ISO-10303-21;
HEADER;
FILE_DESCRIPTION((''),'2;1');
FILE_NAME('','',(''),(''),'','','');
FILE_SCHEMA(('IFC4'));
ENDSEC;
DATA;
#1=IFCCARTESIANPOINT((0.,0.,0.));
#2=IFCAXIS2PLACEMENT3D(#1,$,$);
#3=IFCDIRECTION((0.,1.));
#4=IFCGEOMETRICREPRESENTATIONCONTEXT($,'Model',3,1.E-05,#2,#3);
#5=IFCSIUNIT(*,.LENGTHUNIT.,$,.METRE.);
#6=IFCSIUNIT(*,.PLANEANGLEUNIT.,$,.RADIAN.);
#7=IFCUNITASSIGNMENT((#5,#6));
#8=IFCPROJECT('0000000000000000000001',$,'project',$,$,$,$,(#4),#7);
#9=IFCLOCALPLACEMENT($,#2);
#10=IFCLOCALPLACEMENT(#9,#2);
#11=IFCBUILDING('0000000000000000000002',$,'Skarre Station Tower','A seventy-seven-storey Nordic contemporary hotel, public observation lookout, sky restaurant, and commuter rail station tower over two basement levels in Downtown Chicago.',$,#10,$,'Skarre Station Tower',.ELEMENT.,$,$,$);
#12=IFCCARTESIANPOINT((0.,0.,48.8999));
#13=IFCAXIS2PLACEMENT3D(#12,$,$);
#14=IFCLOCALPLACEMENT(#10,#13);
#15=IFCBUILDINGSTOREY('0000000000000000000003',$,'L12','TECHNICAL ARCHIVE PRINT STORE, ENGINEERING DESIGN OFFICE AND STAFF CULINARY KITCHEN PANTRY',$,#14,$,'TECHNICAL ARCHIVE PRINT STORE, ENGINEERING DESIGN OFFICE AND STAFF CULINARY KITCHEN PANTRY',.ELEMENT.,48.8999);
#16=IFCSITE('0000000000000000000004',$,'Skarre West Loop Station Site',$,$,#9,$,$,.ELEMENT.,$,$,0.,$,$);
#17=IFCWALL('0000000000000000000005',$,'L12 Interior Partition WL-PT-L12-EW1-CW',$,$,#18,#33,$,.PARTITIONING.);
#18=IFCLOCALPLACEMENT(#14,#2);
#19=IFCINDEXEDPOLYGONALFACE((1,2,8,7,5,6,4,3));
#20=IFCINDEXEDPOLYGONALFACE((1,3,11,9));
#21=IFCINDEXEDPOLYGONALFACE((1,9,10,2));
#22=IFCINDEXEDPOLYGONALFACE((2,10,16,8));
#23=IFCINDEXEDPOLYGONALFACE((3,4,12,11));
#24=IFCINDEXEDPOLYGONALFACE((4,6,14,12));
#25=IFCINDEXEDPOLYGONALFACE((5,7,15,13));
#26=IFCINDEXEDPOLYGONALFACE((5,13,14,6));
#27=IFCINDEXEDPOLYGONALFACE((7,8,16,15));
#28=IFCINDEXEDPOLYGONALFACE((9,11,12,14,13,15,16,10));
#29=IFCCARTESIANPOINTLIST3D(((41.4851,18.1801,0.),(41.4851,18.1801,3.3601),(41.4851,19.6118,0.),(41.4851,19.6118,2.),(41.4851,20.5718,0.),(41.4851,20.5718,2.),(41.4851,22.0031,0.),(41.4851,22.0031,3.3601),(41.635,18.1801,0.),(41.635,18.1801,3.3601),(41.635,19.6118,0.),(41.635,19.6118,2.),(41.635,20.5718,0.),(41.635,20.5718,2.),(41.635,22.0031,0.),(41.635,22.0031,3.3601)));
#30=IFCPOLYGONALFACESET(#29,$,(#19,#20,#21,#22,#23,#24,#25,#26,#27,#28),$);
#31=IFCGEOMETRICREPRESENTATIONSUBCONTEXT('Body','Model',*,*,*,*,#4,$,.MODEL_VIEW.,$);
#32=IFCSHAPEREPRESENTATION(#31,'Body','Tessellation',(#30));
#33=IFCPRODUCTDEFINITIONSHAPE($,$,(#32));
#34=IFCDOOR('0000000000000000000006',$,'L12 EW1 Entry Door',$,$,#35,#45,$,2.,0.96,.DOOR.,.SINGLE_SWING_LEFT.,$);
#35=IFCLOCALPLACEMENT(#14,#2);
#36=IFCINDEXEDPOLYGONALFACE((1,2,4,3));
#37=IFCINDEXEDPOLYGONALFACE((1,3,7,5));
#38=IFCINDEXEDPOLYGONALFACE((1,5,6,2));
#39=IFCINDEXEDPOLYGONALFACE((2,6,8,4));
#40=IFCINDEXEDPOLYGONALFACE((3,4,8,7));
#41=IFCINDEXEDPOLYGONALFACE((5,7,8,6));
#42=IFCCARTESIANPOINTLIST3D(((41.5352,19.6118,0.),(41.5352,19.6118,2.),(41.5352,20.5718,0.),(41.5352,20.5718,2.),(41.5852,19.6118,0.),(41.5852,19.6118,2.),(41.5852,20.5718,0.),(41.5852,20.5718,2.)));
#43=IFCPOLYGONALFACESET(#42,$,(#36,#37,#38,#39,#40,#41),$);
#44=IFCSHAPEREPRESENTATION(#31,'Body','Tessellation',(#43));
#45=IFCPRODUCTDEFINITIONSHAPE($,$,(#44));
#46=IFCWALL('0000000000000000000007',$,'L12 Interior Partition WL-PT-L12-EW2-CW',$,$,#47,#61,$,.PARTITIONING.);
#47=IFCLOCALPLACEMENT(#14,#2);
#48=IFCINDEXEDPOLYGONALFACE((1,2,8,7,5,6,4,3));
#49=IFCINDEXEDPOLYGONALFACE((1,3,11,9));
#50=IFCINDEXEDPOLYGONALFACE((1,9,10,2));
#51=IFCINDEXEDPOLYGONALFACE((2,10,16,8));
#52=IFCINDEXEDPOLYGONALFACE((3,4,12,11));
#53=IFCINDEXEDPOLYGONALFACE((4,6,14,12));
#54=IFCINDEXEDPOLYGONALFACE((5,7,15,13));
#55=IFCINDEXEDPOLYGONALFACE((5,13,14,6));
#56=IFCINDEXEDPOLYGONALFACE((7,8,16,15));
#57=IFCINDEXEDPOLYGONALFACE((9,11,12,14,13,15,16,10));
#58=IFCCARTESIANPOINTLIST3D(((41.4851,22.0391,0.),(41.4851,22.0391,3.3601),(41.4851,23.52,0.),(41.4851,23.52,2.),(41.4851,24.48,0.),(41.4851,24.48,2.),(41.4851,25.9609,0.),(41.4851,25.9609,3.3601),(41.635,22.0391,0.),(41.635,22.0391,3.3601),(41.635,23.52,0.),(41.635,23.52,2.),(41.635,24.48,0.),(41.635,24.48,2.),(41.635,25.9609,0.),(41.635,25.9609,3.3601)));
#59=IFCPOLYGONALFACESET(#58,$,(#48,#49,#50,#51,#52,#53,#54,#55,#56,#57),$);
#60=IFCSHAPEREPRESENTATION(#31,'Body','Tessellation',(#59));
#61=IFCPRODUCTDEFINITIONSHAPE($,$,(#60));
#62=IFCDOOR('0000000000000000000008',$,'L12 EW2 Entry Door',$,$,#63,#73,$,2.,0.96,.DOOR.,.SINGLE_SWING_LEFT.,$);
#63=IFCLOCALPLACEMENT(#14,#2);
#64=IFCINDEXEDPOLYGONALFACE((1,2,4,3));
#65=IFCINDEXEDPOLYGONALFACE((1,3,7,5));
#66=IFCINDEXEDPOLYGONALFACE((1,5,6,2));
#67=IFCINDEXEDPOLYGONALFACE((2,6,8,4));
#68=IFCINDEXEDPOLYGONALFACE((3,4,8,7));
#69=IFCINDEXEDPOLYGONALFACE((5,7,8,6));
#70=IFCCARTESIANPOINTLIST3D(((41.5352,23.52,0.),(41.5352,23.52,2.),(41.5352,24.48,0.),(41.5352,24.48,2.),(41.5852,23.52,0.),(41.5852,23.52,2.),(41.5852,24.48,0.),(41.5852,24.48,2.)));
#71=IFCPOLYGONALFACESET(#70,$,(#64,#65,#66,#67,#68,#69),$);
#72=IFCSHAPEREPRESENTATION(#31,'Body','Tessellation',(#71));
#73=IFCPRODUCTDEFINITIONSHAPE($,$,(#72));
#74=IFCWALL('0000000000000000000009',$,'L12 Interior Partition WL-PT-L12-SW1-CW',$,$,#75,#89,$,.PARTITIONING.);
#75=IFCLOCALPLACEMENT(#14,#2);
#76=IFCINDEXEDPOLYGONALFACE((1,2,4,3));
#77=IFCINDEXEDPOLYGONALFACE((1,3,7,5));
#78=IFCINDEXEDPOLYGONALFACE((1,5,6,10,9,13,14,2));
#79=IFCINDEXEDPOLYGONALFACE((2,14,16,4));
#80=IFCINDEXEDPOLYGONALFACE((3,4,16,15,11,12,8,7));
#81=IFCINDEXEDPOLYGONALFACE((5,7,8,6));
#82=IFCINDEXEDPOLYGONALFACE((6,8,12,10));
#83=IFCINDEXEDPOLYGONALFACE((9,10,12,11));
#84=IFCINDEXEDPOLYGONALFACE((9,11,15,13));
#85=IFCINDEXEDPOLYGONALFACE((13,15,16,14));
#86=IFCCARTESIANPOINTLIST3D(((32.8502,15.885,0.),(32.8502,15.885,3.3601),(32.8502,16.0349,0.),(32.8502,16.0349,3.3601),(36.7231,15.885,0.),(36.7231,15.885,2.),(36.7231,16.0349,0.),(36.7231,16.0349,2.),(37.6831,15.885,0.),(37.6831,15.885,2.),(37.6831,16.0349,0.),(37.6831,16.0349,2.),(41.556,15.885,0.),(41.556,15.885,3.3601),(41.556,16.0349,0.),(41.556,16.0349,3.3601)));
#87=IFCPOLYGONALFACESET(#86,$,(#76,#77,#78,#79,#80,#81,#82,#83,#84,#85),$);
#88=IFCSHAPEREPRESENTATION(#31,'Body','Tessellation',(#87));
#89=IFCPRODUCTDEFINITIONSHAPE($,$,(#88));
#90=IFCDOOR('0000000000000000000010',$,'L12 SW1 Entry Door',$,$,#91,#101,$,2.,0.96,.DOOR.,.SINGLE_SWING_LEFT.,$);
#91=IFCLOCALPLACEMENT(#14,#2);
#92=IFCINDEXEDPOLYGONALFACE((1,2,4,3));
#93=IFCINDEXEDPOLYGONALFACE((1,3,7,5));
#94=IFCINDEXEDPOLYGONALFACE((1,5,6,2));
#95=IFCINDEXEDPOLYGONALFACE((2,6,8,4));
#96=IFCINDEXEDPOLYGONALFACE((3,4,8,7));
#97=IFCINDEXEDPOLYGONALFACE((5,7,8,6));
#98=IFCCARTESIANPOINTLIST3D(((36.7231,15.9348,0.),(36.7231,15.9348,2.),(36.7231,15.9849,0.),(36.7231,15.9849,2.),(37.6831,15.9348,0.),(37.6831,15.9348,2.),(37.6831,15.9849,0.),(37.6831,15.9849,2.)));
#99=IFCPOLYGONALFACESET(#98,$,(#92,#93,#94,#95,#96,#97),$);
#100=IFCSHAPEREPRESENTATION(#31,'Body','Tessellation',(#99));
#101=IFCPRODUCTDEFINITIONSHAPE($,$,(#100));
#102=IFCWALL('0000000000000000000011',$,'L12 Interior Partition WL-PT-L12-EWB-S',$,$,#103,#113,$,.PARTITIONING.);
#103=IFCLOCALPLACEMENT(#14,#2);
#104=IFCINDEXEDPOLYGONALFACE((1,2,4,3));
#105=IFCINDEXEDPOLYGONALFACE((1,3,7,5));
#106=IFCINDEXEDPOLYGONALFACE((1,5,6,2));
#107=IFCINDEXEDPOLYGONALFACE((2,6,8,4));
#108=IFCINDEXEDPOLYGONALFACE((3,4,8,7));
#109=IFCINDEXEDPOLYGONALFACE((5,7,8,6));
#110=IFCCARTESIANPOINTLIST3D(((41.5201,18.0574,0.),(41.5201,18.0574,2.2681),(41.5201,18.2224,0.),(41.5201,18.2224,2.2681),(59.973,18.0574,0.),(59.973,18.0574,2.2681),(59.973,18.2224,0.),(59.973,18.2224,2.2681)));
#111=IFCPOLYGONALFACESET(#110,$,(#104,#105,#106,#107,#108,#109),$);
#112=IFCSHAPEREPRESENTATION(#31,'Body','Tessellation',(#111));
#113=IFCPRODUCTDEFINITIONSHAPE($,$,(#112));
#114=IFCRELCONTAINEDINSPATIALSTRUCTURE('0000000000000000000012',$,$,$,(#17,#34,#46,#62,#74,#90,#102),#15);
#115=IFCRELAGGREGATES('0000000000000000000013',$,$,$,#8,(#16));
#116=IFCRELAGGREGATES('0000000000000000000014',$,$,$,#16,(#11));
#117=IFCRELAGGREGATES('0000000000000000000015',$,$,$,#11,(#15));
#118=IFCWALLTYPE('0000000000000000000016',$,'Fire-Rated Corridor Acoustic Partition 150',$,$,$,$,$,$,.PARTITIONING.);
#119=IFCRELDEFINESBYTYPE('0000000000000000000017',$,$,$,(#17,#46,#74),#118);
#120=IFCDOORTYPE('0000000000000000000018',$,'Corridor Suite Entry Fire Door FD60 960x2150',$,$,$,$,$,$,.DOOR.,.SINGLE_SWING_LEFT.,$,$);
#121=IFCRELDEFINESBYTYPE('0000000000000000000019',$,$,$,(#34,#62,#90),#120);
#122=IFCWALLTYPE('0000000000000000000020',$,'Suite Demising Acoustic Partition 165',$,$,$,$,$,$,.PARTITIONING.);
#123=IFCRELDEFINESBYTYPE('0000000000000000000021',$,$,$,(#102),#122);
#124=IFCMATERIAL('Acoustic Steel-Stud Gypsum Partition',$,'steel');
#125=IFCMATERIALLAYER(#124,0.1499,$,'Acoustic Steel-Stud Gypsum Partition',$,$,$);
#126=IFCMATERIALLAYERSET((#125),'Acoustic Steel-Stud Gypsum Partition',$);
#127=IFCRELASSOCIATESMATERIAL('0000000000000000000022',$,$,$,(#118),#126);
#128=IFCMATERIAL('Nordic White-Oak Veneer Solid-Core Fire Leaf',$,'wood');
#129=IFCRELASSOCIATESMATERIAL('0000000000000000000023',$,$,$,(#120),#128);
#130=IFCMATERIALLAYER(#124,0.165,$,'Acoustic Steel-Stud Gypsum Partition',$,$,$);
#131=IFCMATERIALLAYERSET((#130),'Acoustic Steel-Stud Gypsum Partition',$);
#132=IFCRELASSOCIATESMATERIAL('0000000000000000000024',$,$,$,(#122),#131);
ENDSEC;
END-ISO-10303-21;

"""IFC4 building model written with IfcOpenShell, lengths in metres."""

from ifc_helpers import new_model, si_unit, direction, frame, frame_2d, origin, place, context, subcontext, project, spatial, rectangle, extrude, material, layer, layer_set, type_object, element, fill, save


model = new_model("IFC4")

# Units and contexts
model_context = context("Model", 3, precision=1e-05, world=origin(), true_north=direction((0.0, 1.0)))
body_context = subcontext(model_context, "Body", "Model", "MODEL_VIEW")
ifc_project = project(units=[si_unit("LENGTHUNIT", "METRE"), si_unit("PLANEANGLEUNIT", "RADIAN")], contexts=[model_context])

# Site, building, storey
site_placement = place(None, origin())
site = spatial("IfcSite", under=ifc_project, at=site_placement, Name="Skarre West Loop Station Site", CompositionType="ELEMENT", RefElevation=0.0)
building_placement = place(site_placement, origin())
building = spatial("IfcBuilding", under=site, at=building_placement, Name="Skarre Station Tower", Description="A seventy-seven-storey Nordic contemporary hotel, public observation lookout, sky restaurant, and commuter rail station tower over two basement levels in Downtown Chicago.", LongName="Skarre Station Tower", CompositionType="ELEMENT")
storey_placement = place(building_placement, frame((0.0, 0.0, 48.8999)))
storey = spatial("IfcBuildingStorey", under=building, at=storey_placement, Name="L12", Description="TECHNICAL ARCHIVE PRINT STORE, ENGINEERING DESIGN OFFICE AND STAFF CULINARY KITCHEN PANTRY", LongName="TECHNICAL ARCHIVE PRINT STORE, ENGINEERING DESIGN OFFICE AND STAFF CULINARY KITCHEN PANTRY", CompositionType="ELEMENT", Elevation=48.8999)

# Shared definitions
ifc_material_1 = material(Name="Acoustic Steel-Stud Gypsum Partition", Category="steel")
ifc_layer_1 = layer(ifc_material_1, 0.1499, Name="Acoustic Steel-Stud Gypsum Partition")
ifc_layer_set_1 = layer_set([ifc_layer_1], Name="Acoustic Steel-Stud Gypsum Partition")
wall_type_1 = type_object("IfcWallType", Name="Fire-Rated Corridor Acoustic Partition 150", PredefinedType="PARTITIONING", material=ifc_layer_set_1)

# Walls, openings, doors
wall_1_placement = place(storey_placement, frame((41.5601, 18.1799, 0.0), z_axis=(0.0, 0.0, 1.0), x_axis=(0.0, 1.0, 0.0)))
wall_1 = element("IfcWall", 1, at=wall_1_placement, inside=storey, type_object=wall_type_1, Name="L12 Interior Partition WL-PT-L12-EW1-CW", PredefinedType="PARTITIONING", context=body_context, shape_type="SweptSolid", body=[
    extrude(rectangle(XDim=3.823, YDim=0.1499, at=frame_2d((1.9116, 0.0))), origin(), (0.0, 0.0, 1.0), 3.3601),
])
opening_1_placement = place(wall_1_placement, frame((1.4319, 0.0, 0.0)))
opening_1 = element("IfcOpeningElement", 2, at=opening_1_placement, cuts=wall_1, PredefinedType="OPENING", context=body_context, shape_type="SweptSolid", body=[
    extrude(rectangle(XDim=0.96, YDim=2.0, at=frame_2d((0.48, 1.0))), frame((0.0, 0.085, 0.0), z_axis=(0.0, -1.0, 0.0), x_axis=(1.0, 0.0, 0.0)), (0.0, 0.0, 1.0), 0.1699),
])
ifc_material_2 = material(Name="Nordic White-Oak Veneer Solid-Core Fire Leaf", Category="wood")
door_type = type_object("IfcDoorType", Name="Corridor Suite Entry Fire Door FD60 960x2150", OperationType="SINGLE_SWING_LEFT", PredefinedType="DOOR", material=ifc_material_2)
door_1_placement = place(opening_1_placement, origin())
door_1 = element("IfcDoor", 3, at=door_1_placement, inside=storey, type_object=door_type, Name="L12 EW1 Entry Door", OperationType="SINGLE_SWING_LEFT", OverallHeight=2.0, OverallWidth=0.96, PredefinedType="DOOR", context=body_context, shape_type="SweptSolid", body=[
    extrude(rectangle(XDim=0.96, YDim=2.0, at=frame_2d((0.48, 1.0))), frame((0.0, 0.0249, 0.0), z_axis=(0.0, -1.0, 0.0), x_axis=(1.0, 0.0, 0.0)), (0.0, 0.0, 1.0), 0.05),
])
fill(opening_1, door_1)
wall_2_placement = place(storey_placement, frame((41.5601, 22.0391, 0.0), z_axis=(0.0, 0.0, 1.0), x_axis=(0.0, 1.0, 0.0)))
wall_2 = element("IfcWall", 4, at=wall_2_placement, inside=storey, type_object=wall_type_1, Name="L12 Interior Partition WL-PT-L12-EW2-CW", PredefinedType="PARTITIONING", context=body_context, shape_type="SweptSolid", body=[
    extrude(rectangle(XDim=3.9219, YDim=0.1499, at=frame_2d((1.9609, 0.0))), origin(), (0.0, 0.0, 1.0), 3.3601),
])
opening_2_placement = place(wall_2_placement, frame((1.481, 0.0, 0.0)))
opening_2 = element("IfcOpeningElement", 5, at=opening_2_placement, cuts=wall_2, PredefinedType="OPENING", context=body_context, shape_type="SweptSolid", body=[
    extrude(rectangle(XDim=0.96, YDim=2.0, at=frame_2d((0.48, 1.0))), frame((0.0, 0.085, 0.0), z_axis=(0.0, -1.0, 0.0), x_axis=(1.0, 0.0, 0.0)), (0.0, 0.0, 1.0), 0.1699),
])
door_2_placement = place(opening_2_placement, origin())
door_2 = element("IfcDoor", 6, at=door_2_placement, inside=storey, type_object=door_type, Name="L12 EW2 Entry Door", OperationType="SINGLE_SWING_LEFT", OverallHeight=2.0, OverallWidth=0.96, PredefinedType="DOOR", context=body_context, shape_type="SweptSolid", body=[
    extrude(rectangle(XDim=0.96, YDim=2.0, at=frame_2d((0.48, 1.0))), frame((0.0, 0.0249, 0.0), z_axis=(0.0, -1.0, 0.0), x_axis=(1.0, 0.0, 0.0)), (0.0, 0.0, 1.0), 0.05),
])
fill(opening_2, door_2)
wall_3_placement = place(storey_placement, frame((32.8501, 15.96, 0.0), z_axis=(0.0, 0.0, 1.0), x_axis=(1.0, 0.0, 0.0)))
wall_3 = element("IfcWall", 7, at=wall_3_placement, inside=storey, type_object=wall_type_1, Name="L12 Interior Partition WL-PT-L12-SW1-CW", PredefinedType="PARTITIONING", context=body_context, shape_type="SweptSolid", body=[
    extrude(rectangle(XDim=8.7058, YDim=0.1499, at=frame_2d((4.353, 0.0))), origin(), (0.0, 0.0, 1.0), 3.3601),
])
opening_3_placement = place(wall_3_placement, frame((3.873, 0.0, 0.0)))
opening_3 = element("IfcOpeningElement", 8, at=opening_3_placement, cuts=wall_3, PredefinedType="OPENING", context=body_context, shape_type="SweptSolid", body=[
    extrude(rectangle(XDim=0.96, YDim=2.0, at=frame_2d((0.48, 1.0))), frame((0.0, 0.085, 0.0), z_axis=(0.0, -1.0, 0.0), x_axis=(1.0, 0.0, 0.0)), (0.0, 0.0, 1.0), 0.1699),
])
door_3_placement = place(opening_3_placement, origin())
door_3 = element("IfcDoor", 9, at=door_3_placement, inside=storey, type_object=door_type, Name="L12 SW1 Entry Door", OperationType="SINGLE_SWING_LEFT", OverallHeight=2.0, OverallWidth=0.96, PredefinedType="DOOR", context=body_context, shape_type="SweptSolid", body=[
    extrude(rectangle(XDim=0.96, YDim=2.0, at=frame_2d((0.48, 1.0))), frame((0.0, 0.0249, 0.0), z_axis=(0.0, -1.0, 0.0), x_axis=(1.0, 0.0, 0.0)), (0.0, 0.0, 1.0), 0.05),
])
fill(opening_3, door_3)

# Wall
ifc_layer_2 = layer(ifc_material_1, 0.165, Name="Acoustic Steel-Stud Gypsum Partition")
ifc_layer_set_2 = layer_set([ifc_layer_2], Name="Acoustic Steel-Stud Gypsum Partition")
wall_type_2 = type_object("IfcWallType", Name="Suite Demising Acoustic Partition 165", PredefinedType="PARTITIONING", material=ifc_layer_set_2)
wall_4_placement = place(storey_placement, frame((41.52, 18.1399, 0.0), z_axis=(0.0, 0.0, 1.0), x_axis=(1.0, 0.0, 0.0)))
element("IfcWall", 10, at=wall_4_placement, inside=storey, type_object=wall_type_2, Name="L12 Interior Partition WL-PT-L12-EWB-S", PredefinedType="PARTITIONING", context=body_context, shape_type="SweptSolid", body=[
    extrude(rectangle(XDim=18.4529, YDim=0.165, at=frame_2d((9.2266, 0.0))), origin(), (0.0, 0.0, 1.0), 2.2681),
])

save(model, "model.ifc")
